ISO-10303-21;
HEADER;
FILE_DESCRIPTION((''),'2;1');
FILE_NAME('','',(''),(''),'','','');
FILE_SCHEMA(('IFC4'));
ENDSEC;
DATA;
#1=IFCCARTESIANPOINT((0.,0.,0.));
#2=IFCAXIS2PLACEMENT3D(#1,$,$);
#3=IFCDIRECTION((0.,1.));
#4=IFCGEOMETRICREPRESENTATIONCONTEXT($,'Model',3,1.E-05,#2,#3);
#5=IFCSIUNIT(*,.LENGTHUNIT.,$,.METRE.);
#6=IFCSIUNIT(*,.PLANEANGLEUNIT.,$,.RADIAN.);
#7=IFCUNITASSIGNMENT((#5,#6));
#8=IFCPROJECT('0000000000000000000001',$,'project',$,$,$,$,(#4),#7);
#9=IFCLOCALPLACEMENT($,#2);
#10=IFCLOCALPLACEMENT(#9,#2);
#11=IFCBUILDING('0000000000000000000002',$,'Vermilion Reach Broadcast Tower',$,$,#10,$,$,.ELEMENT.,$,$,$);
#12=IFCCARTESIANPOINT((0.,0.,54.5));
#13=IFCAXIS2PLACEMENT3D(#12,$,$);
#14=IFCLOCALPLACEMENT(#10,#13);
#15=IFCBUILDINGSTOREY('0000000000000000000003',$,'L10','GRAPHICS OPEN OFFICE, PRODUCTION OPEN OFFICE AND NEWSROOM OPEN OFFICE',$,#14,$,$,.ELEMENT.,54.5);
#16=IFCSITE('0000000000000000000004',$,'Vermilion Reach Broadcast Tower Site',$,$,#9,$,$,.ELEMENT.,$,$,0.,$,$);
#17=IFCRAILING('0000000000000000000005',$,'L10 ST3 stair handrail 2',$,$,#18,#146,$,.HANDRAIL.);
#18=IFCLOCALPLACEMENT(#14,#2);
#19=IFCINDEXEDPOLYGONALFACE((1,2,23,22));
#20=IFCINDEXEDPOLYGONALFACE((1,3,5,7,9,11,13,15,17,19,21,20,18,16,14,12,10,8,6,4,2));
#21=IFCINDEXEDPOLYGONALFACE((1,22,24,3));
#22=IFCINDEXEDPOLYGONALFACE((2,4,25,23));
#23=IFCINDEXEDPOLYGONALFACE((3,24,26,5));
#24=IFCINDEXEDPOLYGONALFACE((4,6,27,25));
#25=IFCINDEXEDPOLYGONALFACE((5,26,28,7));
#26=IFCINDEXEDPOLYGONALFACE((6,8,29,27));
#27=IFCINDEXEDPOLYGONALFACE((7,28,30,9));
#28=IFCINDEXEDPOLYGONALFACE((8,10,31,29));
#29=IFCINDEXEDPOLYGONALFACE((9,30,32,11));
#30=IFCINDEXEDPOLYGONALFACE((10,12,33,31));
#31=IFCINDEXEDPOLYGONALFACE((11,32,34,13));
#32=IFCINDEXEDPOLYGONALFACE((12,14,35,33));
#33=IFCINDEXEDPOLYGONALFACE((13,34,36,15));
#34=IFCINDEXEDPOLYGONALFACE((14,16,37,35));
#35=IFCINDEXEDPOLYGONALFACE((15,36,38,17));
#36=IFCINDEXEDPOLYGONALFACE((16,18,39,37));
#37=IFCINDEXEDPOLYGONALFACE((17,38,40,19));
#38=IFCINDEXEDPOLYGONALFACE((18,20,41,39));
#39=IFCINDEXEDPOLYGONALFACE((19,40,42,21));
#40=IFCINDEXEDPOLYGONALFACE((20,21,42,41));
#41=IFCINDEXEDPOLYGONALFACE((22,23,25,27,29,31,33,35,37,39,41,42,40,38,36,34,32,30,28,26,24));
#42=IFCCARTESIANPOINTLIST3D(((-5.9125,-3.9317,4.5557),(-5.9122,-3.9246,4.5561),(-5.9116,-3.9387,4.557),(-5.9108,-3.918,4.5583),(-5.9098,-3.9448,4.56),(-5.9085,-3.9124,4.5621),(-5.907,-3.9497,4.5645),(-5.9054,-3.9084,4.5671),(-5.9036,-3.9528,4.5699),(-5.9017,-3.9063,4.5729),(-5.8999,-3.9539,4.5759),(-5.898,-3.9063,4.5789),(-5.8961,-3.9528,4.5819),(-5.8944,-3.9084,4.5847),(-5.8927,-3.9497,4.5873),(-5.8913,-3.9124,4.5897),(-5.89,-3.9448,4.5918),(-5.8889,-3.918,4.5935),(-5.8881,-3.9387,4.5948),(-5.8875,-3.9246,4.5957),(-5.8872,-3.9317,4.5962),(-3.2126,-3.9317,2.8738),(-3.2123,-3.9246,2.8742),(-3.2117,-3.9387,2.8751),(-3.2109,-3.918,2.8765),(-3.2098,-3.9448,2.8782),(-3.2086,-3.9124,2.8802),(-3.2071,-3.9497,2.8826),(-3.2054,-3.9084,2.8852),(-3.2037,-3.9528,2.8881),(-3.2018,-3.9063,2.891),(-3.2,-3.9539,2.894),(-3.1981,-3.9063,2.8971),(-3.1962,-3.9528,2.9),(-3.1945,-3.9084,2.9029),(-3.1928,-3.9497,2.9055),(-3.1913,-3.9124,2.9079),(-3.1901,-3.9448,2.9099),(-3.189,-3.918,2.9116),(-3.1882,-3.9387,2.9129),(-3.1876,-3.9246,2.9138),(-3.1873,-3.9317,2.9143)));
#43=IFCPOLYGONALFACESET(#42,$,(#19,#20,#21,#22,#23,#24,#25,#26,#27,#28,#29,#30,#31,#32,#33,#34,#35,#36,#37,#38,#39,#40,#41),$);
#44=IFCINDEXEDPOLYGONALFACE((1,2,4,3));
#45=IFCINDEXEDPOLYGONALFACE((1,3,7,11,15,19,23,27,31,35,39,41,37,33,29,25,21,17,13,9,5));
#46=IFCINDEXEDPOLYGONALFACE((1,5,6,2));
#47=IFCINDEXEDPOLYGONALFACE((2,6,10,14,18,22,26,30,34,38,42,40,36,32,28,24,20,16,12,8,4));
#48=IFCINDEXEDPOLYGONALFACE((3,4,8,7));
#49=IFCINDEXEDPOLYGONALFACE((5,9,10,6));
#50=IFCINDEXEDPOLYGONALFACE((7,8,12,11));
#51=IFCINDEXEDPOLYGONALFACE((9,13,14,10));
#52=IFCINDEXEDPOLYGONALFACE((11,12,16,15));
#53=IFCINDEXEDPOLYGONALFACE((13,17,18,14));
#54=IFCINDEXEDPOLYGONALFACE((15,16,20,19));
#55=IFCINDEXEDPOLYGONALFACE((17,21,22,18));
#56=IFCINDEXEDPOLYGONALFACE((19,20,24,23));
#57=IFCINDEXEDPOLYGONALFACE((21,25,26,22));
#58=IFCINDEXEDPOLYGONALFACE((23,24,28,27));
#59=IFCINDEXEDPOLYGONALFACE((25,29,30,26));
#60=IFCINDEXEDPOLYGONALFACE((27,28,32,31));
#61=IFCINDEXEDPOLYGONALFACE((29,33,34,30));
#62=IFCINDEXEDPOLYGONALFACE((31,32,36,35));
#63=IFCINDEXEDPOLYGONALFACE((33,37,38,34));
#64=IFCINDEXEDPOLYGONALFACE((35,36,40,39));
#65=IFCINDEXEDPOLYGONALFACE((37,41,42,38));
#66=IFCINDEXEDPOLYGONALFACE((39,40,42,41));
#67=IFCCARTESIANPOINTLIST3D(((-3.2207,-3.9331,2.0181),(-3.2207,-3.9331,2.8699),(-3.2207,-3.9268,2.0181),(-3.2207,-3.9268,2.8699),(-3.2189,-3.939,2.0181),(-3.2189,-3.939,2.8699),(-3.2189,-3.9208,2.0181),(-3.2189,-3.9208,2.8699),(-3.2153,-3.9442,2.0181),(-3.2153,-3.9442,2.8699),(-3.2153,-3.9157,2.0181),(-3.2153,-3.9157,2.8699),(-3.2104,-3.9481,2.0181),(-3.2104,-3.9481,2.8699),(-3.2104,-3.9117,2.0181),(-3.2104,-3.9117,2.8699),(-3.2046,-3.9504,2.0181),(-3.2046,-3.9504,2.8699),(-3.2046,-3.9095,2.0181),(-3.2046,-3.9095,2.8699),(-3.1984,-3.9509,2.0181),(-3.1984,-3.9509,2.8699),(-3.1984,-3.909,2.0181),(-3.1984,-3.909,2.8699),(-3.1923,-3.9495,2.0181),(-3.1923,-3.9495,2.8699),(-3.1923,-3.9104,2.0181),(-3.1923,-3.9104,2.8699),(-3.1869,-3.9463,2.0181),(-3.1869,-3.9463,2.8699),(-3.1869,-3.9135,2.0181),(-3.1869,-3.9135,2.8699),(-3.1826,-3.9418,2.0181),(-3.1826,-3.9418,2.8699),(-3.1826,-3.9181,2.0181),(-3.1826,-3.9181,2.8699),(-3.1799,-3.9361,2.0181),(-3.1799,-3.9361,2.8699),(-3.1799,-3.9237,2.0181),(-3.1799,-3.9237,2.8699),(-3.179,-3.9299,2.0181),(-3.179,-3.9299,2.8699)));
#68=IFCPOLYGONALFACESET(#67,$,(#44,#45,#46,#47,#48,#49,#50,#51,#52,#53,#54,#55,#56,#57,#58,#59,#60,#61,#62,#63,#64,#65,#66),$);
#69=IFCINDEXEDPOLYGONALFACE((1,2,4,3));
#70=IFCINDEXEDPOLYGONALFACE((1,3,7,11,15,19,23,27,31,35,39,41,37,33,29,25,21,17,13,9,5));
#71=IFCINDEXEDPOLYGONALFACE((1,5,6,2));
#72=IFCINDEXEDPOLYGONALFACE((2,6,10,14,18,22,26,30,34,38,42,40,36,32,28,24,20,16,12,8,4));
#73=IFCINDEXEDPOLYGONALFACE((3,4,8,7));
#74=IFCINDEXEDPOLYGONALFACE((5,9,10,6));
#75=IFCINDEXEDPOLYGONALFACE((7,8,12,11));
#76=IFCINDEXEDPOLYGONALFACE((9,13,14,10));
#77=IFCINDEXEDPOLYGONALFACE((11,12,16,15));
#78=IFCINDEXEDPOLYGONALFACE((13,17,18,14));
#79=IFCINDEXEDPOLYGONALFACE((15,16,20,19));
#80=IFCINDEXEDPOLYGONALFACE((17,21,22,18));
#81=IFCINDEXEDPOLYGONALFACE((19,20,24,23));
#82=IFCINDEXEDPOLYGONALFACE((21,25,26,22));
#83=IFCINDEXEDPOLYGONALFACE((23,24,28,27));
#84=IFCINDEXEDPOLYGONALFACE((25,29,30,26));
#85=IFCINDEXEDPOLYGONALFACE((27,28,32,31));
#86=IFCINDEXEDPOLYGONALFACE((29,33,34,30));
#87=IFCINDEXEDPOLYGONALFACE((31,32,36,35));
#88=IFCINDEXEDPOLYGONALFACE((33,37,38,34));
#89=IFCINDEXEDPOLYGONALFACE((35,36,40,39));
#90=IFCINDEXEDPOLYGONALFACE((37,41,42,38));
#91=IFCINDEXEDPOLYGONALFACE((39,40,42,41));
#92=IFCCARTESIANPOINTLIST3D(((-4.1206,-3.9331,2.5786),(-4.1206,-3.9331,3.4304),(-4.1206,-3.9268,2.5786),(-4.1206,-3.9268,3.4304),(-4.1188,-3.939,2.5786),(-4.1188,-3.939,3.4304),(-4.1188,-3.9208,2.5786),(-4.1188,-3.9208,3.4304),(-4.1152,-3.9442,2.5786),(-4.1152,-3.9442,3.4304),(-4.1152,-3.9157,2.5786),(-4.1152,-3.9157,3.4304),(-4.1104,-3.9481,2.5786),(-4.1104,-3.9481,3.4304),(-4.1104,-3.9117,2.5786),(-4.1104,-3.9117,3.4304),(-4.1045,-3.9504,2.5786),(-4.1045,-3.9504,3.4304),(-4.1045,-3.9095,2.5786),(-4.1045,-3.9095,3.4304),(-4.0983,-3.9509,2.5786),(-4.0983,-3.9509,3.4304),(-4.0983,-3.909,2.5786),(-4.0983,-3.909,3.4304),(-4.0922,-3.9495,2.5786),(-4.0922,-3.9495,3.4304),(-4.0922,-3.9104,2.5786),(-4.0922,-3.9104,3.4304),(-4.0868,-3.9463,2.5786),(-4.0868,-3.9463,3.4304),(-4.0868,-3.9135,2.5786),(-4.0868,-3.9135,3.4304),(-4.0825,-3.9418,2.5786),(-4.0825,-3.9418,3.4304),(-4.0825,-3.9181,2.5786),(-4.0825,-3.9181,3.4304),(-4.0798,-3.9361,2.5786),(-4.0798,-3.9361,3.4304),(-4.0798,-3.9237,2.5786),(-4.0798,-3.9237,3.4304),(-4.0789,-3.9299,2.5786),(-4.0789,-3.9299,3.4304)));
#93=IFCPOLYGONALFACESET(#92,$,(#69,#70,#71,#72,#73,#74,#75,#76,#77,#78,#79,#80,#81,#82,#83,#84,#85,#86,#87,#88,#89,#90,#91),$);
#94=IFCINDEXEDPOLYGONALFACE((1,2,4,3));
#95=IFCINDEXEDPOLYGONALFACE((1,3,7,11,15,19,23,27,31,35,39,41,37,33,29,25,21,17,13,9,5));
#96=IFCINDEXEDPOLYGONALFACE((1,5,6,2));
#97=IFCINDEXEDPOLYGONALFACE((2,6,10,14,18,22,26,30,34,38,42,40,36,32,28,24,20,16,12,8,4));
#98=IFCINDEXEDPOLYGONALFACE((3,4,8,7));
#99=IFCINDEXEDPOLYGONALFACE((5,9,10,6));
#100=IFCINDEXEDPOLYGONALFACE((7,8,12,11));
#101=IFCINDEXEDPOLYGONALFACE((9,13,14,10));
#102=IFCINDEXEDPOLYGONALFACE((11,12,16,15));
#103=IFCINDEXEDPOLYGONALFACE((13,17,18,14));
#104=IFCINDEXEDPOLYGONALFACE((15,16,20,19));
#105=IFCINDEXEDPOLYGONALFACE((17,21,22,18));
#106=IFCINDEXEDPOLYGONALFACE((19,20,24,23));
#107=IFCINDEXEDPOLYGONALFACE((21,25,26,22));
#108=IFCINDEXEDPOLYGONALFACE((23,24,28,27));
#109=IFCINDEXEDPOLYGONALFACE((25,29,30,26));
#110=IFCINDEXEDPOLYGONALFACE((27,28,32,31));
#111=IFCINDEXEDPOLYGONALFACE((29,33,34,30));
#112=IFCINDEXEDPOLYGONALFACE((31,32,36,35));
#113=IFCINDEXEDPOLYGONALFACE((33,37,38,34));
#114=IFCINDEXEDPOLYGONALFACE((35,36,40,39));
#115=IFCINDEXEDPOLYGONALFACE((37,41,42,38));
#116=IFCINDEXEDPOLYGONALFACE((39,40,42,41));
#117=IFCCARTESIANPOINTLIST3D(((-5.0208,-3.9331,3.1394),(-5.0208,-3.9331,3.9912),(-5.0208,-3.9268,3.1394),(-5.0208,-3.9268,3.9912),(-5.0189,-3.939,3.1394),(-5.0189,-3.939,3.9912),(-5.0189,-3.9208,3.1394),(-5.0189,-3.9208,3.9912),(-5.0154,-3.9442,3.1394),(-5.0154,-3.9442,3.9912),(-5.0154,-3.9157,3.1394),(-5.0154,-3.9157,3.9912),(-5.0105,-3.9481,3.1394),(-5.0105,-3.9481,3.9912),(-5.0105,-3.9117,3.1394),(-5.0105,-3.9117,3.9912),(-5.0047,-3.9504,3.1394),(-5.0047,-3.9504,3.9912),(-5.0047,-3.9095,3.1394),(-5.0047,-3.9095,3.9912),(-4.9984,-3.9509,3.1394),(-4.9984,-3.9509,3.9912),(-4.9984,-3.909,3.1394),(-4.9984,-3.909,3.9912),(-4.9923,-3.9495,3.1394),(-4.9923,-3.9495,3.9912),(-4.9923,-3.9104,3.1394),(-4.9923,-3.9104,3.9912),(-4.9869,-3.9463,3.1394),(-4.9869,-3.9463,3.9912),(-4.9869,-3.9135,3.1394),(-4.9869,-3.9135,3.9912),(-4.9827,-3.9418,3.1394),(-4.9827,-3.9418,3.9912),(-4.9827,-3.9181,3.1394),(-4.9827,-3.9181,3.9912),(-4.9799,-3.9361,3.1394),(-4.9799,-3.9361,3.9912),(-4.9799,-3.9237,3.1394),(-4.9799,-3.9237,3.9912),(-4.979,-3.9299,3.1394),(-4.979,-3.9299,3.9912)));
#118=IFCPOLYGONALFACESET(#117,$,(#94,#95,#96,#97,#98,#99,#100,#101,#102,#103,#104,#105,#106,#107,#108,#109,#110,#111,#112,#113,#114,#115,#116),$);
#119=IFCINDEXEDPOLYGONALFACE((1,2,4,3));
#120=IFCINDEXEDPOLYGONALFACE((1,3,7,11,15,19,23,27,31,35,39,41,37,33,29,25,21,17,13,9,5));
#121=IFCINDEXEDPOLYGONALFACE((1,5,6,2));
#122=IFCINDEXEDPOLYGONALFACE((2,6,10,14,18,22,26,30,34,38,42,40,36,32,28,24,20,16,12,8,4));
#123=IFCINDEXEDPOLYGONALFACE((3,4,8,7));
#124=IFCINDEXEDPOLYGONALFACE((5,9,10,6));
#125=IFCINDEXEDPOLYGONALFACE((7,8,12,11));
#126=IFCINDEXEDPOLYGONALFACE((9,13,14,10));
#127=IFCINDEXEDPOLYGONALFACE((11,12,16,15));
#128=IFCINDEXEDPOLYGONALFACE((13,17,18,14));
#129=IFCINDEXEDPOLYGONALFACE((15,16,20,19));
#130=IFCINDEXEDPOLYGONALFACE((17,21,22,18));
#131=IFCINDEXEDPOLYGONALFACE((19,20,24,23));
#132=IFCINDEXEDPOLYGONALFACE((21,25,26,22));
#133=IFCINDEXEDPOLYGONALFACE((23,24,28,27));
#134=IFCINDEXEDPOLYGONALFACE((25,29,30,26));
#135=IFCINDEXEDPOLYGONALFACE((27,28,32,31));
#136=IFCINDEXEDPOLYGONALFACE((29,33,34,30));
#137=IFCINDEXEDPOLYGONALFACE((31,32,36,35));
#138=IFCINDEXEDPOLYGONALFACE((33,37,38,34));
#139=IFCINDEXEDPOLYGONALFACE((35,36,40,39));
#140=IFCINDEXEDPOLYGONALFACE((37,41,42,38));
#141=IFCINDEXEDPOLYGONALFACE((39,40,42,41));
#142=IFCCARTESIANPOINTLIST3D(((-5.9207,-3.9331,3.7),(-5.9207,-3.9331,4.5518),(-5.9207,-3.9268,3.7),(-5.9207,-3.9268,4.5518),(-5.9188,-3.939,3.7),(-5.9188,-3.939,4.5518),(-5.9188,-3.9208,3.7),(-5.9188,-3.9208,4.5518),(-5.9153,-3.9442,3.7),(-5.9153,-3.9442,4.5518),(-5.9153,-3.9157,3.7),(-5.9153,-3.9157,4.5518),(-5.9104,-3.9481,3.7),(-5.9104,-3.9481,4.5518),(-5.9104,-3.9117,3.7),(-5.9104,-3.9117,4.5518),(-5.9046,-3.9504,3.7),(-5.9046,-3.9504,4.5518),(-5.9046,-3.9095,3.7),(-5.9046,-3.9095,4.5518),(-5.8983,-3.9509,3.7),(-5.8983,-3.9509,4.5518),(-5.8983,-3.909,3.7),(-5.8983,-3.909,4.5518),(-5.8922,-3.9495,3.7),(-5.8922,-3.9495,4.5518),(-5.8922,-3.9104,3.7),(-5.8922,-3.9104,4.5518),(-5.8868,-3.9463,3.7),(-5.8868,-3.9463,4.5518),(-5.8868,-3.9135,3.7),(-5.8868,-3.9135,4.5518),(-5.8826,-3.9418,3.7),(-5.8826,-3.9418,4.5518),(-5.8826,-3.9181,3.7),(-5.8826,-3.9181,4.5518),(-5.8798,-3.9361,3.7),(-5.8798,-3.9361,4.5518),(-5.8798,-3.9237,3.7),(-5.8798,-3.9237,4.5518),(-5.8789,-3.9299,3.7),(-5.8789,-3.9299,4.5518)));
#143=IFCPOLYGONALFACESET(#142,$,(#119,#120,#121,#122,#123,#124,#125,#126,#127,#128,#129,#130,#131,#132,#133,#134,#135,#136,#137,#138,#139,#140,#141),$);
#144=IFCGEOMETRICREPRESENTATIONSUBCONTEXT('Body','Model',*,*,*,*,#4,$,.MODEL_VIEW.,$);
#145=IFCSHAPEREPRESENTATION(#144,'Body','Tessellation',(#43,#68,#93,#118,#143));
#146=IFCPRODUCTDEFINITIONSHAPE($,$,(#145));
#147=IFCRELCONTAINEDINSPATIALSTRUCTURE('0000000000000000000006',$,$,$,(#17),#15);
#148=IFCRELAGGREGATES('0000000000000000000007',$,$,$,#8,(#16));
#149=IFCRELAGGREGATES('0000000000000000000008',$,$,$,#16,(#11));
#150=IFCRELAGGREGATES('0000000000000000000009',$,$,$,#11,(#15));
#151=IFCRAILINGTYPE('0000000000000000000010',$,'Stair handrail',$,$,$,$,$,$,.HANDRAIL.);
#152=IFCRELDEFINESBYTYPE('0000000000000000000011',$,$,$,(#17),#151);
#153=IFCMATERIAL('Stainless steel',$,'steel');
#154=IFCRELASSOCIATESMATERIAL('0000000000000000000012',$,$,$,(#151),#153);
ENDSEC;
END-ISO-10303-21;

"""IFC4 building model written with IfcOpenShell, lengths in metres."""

from ifc_helpers import new_model, si_unit, direction, frame, origin, origin_2d, place, context, subcontext, project, spatial, circle, extrude, material, type_object, element, save


model = new_model("IFC4")

# Units and contexts
model_context = context("Model", 3, precision=1e-05, world=origin(), true_north=direction((0.0, 1.0)))
body_context = subcontext(model_context, "Body", "Model", "MODEL_VIEW")
ifc_project = project(units=[si_unit("LENGTHUNIT", "METRE"), si_unit("PLANEANGLEUNIT", "RADIAN")], contexts=[model_context])

# Site, building, storey
site_placement = place(None, origin())
site = spatial("IfcSite", under=ifc_project, at=site_placement, Name="Vermilion Reach Broadcast Tower Site", CompositionType="ELEMENT", RefElevation=0.0)
building_placement = place(site_placement, origin())
building = spatial("IfcBuilding", under=site, at=building_placement, Name="Vermilion Reach Broadcast Tower", CompositionType="ELEMENT")
storey_placement = place(building_placement, frame((0.0, 0.0, 54.5)))
storey = spatial("IfcBuildingStorey", under=building, at=storey_placement, Name="L10", Description="GRAPHICS OPEN OFFICE, PRODUCTION OPEN OFFICE AND NEWSROOM OPEN OFFICE", CompositionType="ELEMENT", Elevation=54.5)

# Railing
ifc_material_1 = material(Name="Stainless steel", Category="steel")
railing_type_1 = type_object("IfcRailingType", Name="Stair handrail", PredefinedType="HANDRAIL", material=ifc_material_1)
railing_1_placement = place(storey_placement, frame((-3.2, -3.9299, 2.0181)))
element("IfcRailing", 1, at=railing_1_placement, inside=storey, type_object=railing_type_1, Name="L10 ST3 stair handrail 2", PredefinedType="HANDRAIL", context=body_context, shape_type="SweptSolid", body=[
    extrude(circle(Radius=0.0239, at=origin_2d()), frame((0.0, 0.0, 0.876), z_axis=(-0.848786, 0.0, 0.528736), x_axis=(0.0, -1.0, 0.0)), (0.0, 0.0, 1.0), 3.1809),
    extrude(circle(Radius=0.021, at=origin_2d()), origin(), (0.0, 0.0, 1.0), 0.8518),
    extrude(circle(Radius=0.021, at=origin_2d()), frame((-0.8999, 0.0, 0.5605)), (0.0, 0.0, 1.0), 0.8518),
    extrude(circle(Radius=0.021, at=origin_2d()), frame((-1.8, 0.0, 1.1213)), (0.0, 0.0, 1.0), 0.8518),
    extrude(circle(Radius=0.021, at=origin_2d()), frame((-2.7, 0.0, 1.6819)), (0.0, 0.0, 1.0), 0.8518),
])

save(model, "model.ifc")
